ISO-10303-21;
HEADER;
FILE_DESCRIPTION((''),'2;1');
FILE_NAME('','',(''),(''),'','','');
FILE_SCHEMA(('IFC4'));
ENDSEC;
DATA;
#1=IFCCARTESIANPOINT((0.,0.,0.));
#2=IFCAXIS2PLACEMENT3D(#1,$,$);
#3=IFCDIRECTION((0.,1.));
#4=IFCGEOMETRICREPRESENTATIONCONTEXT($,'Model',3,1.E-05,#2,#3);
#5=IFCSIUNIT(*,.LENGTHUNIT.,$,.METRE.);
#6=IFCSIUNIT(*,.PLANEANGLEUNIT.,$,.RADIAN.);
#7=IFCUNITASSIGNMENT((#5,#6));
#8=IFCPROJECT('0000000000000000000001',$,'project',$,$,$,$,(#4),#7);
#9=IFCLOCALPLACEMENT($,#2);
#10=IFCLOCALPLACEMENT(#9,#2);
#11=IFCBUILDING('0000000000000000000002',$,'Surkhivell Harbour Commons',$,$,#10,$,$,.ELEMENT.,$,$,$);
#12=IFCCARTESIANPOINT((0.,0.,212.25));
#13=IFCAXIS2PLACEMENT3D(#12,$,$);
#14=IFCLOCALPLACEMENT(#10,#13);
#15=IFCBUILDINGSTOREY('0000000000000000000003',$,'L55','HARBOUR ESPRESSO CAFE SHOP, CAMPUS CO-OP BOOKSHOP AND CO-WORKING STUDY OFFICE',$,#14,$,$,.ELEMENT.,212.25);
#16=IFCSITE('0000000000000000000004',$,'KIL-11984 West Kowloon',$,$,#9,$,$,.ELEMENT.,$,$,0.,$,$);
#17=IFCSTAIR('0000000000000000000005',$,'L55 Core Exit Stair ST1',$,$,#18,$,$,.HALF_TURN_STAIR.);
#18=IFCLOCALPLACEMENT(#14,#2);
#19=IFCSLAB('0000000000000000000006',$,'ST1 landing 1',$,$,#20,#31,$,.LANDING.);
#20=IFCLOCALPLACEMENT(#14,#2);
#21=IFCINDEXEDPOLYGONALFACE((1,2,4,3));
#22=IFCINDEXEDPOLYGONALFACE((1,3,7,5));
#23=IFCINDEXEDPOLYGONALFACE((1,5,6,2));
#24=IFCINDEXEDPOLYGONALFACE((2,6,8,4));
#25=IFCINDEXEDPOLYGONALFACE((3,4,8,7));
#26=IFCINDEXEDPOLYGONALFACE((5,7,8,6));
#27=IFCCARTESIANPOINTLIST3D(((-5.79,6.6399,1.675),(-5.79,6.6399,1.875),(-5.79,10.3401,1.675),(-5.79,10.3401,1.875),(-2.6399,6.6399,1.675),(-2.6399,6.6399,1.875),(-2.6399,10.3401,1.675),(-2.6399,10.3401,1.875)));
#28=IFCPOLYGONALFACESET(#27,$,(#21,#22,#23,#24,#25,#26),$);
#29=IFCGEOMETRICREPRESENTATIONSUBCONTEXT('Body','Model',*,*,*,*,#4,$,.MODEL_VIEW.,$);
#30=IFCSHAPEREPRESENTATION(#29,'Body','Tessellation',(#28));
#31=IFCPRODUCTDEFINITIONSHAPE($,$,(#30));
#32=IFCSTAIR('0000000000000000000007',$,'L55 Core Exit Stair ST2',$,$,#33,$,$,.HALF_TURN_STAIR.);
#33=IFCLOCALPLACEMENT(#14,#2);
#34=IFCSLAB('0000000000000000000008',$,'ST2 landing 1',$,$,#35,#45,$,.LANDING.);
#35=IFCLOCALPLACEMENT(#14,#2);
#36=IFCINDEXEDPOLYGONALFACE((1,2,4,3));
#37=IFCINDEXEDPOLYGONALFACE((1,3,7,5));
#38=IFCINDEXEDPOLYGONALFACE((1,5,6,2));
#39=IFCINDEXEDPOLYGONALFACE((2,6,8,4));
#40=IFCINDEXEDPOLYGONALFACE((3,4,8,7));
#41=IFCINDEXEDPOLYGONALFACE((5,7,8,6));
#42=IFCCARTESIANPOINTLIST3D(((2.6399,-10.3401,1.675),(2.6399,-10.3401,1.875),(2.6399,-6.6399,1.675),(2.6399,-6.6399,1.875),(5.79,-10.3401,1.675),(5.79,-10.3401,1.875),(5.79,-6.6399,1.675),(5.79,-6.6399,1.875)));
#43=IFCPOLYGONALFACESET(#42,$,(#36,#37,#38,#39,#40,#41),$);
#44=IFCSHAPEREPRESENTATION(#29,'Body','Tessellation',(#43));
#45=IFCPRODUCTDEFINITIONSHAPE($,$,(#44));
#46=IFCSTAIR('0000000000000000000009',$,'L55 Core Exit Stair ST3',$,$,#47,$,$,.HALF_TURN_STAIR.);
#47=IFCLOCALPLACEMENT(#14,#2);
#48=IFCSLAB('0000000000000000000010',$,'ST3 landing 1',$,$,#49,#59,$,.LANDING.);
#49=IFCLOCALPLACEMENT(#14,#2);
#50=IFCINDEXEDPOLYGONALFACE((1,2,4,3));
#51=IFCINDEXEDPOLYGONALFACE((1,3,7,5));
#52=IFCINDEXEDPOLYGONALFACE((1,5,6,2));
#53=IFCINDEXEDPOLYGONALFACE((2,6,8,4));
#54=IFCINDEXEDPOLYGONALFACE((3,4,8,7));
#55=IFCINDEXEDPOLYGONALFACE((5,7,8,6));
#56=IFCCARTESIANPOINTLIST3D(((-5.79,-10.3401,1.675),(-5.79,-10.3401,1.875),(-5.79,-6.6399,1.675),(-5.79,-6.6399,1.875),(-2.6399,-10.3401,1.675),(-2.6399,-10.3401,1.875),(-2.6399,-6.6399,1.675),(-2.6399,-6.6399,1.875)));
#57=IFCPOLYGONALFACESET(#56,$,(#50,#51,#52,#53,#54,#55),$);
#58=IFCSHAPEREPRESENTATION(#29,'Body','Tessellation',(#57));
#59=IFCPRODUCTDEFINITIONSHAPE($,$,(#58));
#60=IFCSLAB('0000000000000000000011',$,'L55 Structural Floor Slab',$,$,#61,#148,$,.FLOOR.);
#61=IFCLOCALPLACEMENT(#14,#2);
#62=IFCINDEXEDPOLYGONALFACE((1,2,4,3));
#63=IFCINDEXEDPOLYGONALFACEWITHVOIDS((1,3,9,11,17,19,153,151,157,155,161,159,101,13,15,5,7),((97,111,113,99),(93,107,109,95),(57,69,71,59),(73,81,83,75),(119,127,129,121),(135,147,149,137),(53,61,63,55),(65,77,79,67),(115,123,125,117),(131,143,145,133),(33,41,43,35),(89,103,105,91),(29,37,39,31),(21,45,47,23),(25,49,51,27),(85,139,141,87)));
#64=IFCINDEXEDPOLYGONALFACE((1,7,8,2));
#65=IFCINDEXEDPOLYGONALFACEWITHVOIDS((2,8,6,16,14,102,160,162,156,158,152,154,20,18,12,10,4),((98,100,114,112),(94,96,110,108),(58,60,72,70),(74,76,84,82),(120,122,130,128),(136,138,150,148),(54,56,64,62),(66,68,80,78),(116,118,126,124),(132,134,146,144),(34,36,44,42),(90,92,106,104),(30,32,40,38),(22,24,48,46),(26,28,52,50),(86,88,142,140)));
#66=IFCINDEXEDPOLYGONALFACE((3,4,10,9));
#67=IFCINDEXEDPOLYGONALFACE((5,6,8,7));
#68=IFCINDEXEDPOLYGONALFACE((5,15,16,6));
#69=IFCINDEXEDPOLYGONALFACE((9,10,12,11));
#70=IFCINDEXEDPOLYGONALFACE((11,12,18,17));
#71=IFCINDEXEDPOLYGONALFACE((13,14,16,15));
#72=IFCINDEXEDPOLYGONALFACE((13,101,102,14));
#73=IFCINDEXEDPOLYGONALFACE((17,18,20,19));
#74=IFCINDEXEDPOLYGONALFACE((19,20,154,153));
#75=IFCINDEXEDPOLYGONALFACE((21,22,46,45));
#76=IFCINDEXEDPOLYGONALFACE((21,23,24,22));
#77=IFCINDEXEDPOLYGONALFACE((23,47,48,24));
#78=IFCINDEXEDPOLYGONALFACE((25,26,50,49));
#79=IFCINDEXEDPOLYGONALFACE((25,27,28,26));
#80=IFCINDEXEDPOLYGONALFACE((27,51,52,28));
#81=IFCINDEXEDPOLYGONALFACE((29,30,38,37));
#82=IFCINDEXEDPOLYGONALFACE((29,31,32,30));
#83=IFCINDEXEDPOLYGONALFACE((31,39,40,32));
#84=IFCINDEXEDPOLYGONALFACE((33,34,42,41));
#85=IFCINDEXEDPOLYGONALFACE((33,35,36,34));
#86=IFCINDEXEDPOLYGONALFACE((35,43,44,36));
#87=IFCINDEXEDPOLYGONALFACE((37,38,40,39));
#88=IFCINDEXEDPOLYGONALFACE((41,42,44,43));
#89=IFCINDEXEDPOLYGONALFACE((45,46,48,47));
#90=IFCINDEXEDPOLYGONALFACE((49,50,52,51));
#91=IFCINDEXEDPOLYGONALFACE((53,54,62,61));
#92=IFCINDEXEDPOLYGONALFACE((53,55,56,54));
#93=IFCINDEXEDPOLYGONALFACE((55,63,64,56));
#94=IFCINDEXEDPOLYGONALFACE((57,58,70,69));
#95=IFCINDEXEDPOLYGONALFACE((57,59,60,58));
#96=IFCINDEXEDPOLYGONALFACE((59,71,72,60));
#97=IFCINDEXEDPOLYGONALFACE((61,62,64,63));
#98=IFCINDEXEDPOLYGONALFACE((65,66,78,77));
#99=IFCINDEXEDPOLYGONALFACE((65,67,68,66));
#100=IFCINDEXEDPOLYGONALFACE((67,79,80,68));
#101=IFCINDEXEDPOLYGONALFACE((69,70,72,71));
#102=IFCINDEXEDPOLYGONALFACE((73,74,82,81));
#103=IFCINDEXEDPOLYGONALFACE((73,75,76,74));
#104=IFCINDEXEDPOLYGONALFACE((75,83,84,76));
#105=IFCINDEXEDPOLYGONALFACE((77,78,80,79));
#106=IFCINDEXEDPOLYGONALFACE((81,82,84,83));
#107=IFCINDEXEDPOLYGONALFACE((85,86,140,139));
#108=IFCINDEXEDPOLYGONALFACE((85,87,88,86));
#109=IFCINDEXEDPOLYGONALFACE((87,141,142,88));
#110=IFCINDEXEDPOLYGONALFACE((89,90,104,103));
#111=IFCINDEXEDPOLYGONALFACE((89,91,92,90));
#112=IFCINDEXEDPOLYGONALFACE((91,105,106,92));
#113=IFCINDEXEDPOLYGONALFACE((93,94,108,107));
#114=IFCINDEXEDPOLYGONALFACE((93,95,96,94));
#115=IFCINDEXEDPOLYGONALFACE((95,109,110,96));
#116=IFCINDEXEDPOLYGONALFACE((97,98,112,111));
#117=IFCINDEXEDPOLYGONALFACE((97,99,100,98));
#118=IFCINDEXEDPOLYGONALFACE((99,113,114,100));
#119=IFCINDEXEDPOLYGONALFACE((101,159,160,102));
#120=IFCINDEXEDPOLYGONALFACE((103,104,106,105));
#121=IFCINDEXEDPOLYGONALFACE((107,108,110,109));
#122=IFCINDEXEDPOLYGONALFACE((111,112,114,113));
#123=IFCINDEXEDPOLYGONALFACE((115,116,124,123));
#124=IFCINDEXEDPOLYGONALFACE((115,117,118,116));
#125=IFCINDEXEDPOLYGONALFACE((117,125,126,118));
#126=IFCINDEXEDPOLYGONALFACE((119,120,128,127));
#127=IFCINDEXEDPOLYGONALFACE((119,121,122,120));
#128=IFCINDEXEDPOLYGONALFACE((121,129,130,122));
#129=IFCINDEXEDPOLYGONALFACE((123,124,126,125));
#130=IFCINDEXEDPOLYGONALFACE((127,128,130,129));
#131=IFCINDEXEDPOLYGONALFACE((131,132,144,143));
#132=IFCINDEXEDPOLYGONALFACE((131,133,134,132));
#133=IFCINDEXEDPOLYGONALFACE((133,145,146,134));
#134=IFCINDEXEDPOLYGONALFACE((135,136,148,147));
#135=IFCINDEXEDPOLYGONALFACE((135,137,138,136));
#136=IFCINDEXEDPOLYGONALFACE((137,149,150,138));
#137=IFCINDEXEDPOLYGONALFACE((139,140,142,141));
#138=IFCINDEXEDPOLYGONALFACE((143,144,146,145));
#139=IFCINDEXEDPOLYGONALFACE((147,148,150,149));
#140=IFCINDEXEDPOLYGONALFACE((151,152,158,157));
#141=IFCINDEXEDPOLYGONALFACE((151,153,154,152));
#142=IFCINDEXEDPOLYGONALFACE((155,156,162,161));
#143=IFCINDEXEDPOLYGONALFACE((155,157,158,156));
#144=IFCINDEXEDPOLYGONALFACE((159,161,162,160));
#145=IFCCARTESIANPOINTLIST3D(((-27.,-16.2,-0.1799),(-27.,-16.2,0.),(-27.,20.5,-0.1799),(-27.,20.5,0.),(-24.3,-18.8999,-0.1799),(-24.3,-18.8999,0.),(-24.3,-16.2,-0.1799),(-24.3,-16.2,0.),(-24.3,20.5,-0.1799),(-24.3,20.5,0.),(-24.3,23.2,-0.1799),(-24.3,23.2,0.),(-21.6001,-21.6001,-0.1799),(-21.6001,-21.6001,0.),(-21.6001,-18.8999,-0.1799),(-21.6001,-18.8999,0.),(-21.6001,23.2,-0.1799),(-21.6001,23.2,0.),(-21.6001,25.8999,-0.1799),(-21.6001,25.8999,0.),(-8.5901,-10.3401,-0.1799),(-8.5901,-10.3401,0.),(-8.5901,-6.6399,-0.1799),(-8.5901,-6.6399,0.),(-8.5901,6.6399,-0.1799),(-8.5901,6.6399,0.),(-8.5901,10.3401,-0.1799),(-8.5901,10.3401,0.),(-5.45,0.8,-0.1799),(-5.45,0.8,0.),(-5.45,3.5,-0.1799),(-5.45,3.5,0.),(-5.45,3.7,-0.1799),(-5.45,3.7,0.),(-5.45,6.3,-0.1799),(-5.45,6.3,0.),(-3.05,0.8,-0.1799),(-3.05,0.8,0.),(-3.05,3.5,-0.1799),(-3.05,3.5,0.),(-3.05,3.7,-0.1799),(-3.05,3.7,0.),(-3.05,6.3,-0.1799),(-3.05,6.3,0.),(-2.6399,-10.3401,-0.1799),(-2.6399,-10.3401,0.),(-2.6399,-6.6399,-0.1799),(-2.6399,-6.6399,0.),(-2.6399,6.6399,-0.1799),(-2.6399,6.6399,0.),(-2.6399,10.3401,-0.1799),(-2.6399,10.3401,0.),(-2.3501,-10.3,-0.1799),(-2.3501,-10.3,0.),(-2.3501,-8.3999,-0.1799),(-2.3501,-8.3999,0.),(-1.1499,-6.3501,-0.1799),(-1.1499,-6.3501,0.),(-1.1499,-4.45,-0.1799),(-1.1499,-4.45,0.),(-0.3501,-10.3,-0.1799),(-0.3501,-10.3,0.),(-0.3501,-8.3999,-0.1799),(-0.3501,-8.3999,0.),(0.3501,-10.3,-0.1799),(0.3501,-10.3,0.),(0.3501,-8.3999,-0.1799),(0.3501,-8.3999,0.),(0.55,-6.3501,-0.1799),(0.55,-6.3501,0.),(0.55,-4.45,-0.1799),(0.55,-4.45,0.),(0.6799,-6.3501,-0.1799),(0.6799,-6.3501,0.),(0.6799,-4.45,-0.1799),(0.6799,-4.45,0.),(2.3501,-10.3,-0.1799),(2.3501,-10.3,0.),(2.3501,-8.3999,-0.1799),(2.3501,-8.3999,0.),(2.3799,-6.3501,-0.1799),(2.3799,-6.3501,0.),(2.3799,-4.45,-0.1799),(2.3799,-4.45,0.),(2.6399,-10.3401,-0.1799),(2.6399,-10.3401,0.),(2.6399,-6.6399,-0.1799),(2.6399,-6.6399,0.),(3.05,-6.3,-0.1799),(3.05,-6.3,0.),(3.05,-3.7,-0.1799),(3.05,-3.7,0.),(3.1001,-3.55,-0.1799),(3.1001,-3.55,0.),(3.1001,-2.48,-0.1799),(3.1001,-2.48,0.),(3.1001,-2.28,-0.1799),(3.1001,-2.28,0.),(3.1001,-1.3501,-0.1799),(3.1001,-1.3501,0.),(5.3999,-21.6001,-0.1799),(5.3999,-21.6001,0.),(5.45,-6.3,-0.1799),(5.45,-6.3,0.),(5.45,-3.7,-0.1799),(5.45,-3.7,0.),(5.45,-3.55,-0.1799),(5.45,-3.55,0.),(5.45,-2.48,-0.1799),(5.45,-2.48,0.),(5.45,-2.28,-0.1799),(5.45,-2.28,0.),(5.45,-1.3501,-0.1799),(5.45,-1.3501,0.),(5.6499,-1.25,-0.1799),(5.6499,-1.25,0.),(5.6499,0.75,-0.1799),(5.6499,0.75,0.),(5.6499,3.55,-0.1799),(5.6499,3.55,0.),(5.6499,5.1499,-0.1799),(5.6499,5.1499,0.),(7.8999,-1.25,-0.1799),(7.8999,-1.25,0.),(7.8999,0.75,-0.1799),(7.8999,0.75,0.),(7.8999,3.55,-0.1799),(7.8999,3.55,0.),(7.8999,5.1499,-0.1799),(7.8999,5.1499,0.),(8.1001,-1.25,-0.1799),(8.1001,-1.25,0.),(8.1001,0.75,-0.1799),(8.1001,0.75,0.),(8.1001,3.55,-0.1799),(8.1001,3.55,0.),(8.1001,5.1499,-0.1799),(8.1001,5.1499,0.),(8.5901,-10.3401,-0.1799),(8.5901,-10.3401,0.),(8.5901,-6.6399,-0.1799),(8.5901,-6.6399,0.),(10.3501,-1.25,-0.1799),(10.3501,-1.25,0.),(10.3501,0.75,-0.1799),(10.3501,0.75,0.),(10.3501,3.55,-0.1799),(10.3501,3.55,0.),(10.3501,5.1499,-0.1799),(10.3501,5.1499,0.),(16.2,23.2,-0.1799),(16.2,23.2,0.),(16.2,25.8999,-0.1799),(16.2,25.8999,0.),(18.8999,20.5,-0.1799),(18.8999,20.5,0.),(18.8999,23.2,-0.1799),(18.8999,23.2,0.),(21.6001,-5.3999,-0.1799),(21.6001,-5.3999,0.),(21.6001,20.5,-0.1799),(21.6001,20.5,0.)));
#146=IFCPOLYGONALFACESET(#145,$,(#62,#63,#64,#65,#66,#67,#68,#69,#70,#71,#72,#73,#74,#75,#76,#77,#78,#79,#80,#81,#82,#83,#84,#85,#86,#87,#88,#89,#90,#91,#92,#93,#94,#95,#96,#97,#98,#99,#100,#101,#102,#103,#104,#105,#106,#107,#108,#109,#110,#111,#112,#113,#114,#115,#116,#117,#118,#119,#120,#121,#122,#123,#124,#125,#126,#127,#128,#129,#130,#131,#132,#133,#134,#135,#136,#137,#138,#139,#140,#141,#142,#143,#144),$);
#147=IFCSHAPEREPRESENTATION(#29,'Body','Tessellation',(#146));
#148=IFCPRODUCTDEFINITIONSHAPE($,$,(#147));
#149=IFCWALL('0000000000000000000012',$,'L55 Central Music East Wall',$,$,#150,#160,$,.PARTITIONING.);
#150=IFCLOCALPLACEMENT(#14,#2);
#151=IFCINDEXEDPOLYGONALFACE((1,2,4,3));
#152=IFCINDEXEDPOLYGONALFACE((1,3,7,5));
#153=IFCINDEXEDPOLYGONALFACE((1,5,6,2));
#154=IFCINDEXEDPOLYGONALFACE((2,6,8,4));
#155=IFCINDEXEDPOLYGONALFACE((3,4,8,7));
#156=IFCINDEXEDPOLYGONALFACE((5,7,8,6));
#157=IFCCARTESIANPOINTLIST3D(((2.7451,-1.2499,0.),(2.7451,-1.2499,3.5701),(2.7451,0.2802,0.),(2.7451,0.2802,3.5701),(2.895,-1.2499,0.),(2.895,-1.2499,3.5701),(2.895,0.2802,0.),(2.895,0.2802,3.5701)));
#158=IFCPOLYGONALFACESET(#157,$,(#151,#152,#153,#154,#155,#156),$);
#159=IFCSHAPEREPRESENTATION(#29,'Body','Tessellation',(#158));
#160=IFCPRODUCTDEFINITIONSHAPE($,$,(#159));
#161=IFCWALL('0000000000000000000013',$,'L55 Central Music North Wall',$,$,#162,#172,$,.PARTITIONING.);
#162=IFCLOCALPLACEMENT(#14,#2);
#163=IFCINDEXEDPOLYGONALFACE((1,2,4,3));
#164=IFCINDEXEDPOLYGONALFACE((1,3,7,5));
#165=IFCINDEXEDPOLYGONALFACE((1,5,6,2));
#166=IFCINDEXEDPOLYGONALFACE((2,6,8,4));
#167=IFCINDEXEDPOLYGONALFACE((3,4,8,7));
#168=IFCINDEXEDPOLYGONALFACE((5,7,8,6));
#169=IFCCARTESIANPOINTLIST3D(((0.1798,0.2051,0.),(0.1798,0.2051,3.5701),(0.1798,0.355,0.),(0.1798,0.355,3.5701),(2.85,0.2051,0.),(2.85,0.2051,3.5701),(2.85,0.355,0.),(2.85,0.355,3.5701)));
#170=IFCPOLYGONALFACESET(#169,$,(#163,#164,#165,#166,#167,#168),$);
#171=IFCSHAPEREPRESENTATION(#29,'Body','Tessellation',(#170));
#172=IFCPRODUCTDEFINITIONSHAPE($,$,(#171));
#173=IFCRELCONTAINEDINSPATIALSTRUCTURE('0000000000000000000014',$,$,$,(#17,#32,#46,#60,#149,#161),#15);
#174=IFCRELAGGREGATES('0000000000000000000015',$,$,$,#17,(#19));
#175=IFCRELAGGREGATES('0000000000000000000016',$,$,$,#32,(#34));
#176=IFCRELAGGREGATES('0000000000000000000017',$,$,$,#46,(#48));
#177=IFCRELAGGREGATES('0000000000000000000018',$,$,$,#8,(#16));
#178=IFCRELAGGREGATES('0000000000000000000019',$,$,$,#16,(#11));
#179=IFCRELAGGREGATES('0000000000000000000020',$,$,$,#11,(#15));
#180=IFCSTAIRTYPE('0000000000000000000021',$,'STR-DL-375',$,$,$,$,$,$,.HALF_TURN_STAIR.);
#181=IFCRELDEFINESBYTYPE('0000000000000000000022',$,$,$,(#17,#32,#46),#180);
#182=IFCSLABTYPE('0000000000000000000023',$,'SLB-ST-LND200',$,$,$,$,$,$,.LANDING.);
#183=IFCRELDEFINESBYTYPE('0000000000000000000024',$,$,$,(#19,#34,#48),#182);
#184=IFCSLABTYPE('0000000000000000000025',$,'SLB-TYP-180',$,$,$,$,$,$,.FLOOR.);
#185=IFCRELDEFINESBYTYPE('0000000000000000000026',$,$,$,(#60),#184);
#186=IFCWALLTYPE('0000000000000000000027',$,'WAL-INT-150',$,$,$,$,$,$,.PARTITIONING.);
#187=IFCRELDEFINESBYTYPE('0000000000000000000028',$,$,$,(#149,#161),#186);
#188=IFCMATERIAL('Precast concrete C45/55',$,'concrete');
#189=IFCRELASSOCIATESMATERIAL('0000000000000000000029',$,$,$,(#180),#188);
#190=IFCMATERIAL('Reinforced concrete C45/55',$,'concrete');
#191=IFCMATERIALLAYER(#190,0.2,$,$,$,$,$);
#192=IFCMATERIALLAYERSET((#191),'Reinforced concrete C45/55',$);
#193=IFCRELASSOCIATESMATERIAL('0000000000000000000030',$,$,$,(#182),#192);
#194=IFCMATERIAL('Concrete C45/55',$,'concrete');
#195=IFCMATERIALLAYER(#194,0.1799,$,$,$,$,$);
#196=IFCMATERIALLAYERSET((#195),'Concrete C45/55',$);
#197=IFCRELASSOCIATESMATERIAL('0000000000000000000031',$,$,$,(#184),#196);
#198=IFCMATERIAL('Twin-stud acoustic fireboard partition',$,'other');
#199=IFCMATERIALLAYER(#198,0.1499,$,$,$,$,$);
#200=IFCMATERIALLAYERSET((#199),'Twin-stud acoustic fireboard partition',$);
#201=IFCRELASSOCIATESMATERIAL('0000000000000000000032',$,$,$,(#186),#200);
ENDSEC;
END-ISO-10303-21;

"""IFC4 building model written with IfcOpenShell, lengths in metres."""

from ifc_helpers import new_model, si_unit, direction, frame, frame_2d, origin, place, context, subcontext, project, spatial, polyline, rectangle, outline, extrude, material, layer, layer_set, type_object, element, aggregate, save


model = new_model("IFC4")

# Units and contexts
model_context = context("Model", 3, precision=1e-05, world=origin(), true_north=direction((0.0, 1.0)))
body_context = subcontext(model_context, "Body", "Model", "MODEL_VIEW")
ifc_project = project(units=[si_unit("LENGTHUNIT", "METRE"), si_unit("PLANEANGLEUNIT", "RADIAN")], contexts=[model_context])

# Site, building, storey
site_placement = place(None, origin())
site = spatial("IfcSite", under=ifc_project, at=site_placement, Name="KIL-11984 West Kowloon", CompositionType="ELEMENT", RefElevation=0.0)
building_placement = place(site_placement, origin())
building = spatial("IfcBuilding", under=site, at=building_placement, Name="Surkhivell Harbour Commons", CompositionType="ELEMENT")
storey_placement = place(building_placement, frame((0.0, 0.0, 212.25)))
storey = spatial("IfcBuildingStorey", under=building, at=storey_placement, Name="L55", Description="HARBOUR ESPRESSO CAFE SHOP, CAMPUS CO-OP BOOKSHOP AND CO-WORKING STUDY OFFICE", CompositionType="ELEMENT", Elevation=212.25)

# Stairs, slabs
ifc_material_1 = material(Name="Precast concrete C45/55", Category="concrete")
stair_type = type_object("IfcStairType", Name="STR-DL-375", PredefinedType="HALF_TURN_STAIR", material=ifc_material_1)
stair_1_placement = place(storey_placement, origin())
stair_1 = element("IfcStair", 1, at=stair_1_placement, inside=storey, type_object=stair_type, Name="L55 Core Exit Stair ST1", PredefinedType="HALF_TURN_STAIR")
ifc_material_2 = material(Name="Reinforced concrete C45/55", Category="concrete")
ifc_layer_1 = layer(ifc_material_2, 0.2)
ifc_layer_set_1 = layer_set([ifc_layer_1], Name="Reinforced concrete C45/55")
slab_type_1 = type_object("IfcSlabType", Name="SLB-ST-LND200", PredefinedType="LANDING", material=ifc_layer_set_1)
slab_1_placement = place(storey_placement, frame((0.0, 0.0, 1.675)))
slab_1 = element("IfcSlab", 2, at=slab_1_placement, type_object=slab_type_1, Name="ST1 landing 1", PredefinedType="LANDING", context=body_context, shape_type="SweptSolid", body=[
    extrude(outline(polyline([(-5.79, 6.6399), (-2.6399, 6.6399), (-2.6399, 10.3401), (-5.79, 10.3401), (-5.79, 6.6399)])), origin(), (0.0, 0.0, 1.0), 0.2),
])
aggregate(stair_1, [slab_1])
stair_2_placement = place(storey_placement, origin())
stair_2 = element("IfcStair", 3, at=stair_2_placement, inside=storey, type_object=stair_type, Name="L55 Core Exit Stair ST2", PredefinedType="HALF_TURN_STAIR")
slab_2_placement = place(storey_placement, frame((0.0, 0.0, 1.675)))
slab_2 = element("IfcSlab", 4, at=slab_2_placement, type_object=slab_type_1, Name="ST2 landing 1", PredefinedType="LANDING", context=body_context, shape_type="SweptSolid", body=[
    extrude(outline(polyline([(5.79, -6.6399), (2.6399, -6.6399), (2.6399, -10.3401), (5.79, -10.3401), (5.79, -6.6399)])), origin(), (0.0, 0.0, 1.0), 0.2),
])
aggregate(stair_2, [slab_2])
stair_3_placement = place(storey_placement, origin())
stair_3 = element("IfcStair", 5, at=stair_3_placement, inside=storey, type_object=stair_type, Name="L55 Core Exit Stair ST3", PredefinedType="HALF_TURN_STAIR")
slab_3_placement = place(storey_placement, frame((0.0, 0.0, 1.675)))
slab_3 = element("IfcSlab", 6, at=slab_3_placement, type_object=slab_type_1, Name="ST3 landing 1", PredefinedType="LANDING", context=body_context, shape_type="SweptSolid", body=[
    extrude(outline(polyline([(-5.79, -10.3401), (-2.6399, -10.3401), (-2.6399, -6.6399), (-5.79, -6.6399), (-5.79, -10.3401)])), origin(), (0.0, 0.0, 1.0), 0.2),
])
aggregate(stair_3, [slab_3])

# Slab
ifc_material_3 = material(Name="Concrete C45/55", Category="concrete")
ifc_layer_2 = layer(ifc_material_3, 0.1799)
ifc_layer_set_2 = layer_set([ifc_layer_2], Name="Concrete C45/55")
slab_type_2 = type_object("IfcSlabType", Name="SLB-TYP-180", PredefinedType="FLOOR", material=ifc_layer_set_2)
slab_4_placement = place(storey_placement, frame((0.0, 0.0, -0.1799)))
element("IfcSlab", 7, at=slab_4_placement, inside=storey, type_object=slab_type_2, Name="L55 Structural Floor Slab", PredefinedType="FLOOR", context=body_context, shape_type="SweptSolid", body=[
    extrude(outline(polyline([(-21.6001, -21.6001), (5.3999, -21.6001), (21.6001, -5.3999), (21.6001, 20.5), (18.8999, 20.5), (18.8999, 23.2), (16.2, 23.2), (16.2, 25.8999), (-21.6001, 25.8999), (-21.6001, 23.2), (-24.3, 23.2), (-24.3, 20.5), (-27.0, 20.5), (-27.0, -16.2), (-24.3, -16.2), (-24.3, -18.8999), (-21.6001, -18.8999), (-21.6001, -21.6001)]), holes=[polyline([(-8.5901, 6.6399), (-2.6399, 6.6399), (-2.6399, 10.3401), (-8.5901, 10.3401), (-8.5901, 6.6399)]), polyline([(8.5901, -6.6399), (2.6399, -6.6399), (2.6399, -10.3401), (8.5901, -10.3401), (8.5901, -6.6399)]), polyline([(-8.5901, -10.3401), (-2.6399, -10.3401), (-2.6399, -6.6399), (-8.5901, -6.6399), (-8.5901, -10.3401)]), polyline([(5.6499, 3.55), (7.8999, 3.55), (7.8999, 5.1499), (5.6499, 5.1499), (5.6499, 3.55)]), polyline([(8.1001, 3.55), (10.3501, 3.55), (10.3501, 5.1499), (8.1001, 5.1499), (8.1001, 3.55)]), polyline([(5.6499, -1.25), (7.8999, -1.25), (7.8999, 0.75), (5.6499, 0.75), (5.6499, -1.25)]), polyline([(8.1001, -1.25), (10.3501, -1.25), (10.3501, 0.75), (8.1001, 0.75), (8.1001, -1.25)]), polyline([(-1.1499, -6.3501), (0.55, -6.3501), (0.55, -4.45), (-1.1499, -4.45), (-1.1499, -6.3501)]), polyline([(0.6799, -6.3501), (2.3799, -6.3501), (2.3799, -4.45), (0.6799, -4.45), (0.6799, -6.3501)]), polyline([(-2.3501, -10.3), (-0.3501, -10.3), (-0.3501, -8.3999), (-2.3501, -8.3999), (-2.3501, -10.3)]), polyline([(0.3501, -10.3), (2.3501, -10.3), (2.3501, -8.3999), (0.3501, -8.3999), (0.3501, -10.3)]), polyline([(-5.45, 3.7), (-3.05, 3.7), (-3.05, 6.3), (-5.45, 6.3), (-5.45, 3.7)]), polyline([(3.05, -6.3), (5.45, -6.3), (5.45, -3.7), (3.05, -3.7), (3.05, -6.3)]), polyline([(-5.45, 0.8), (-3.05, 0.8), (-3.05, 3.5), (-5.45, 3.5), (-5.45, 0.8)]), polyline([(3.1001, -3.55), (5.45, -3.55), (5.45, -2.48), (3.1001, -2.48), (3.1001, -3.55)]), polyline([(3.1001, -2.28), (5.45, -2.28), (5.45, -1.3501), (3.1001, -1.3501), (3.1001, -2.28)])]), origin(), (0.0, 0.0, 1.0), 0.1799),
])

# Walls
ifc_material_4 = material(Name="Twin-stud acoustic fireboard partition", Category="other")
ifc_layer_3 = layer(ifc_material_4, 0.1499)
ifc_layer_set_3 = layer_set([ifc_layer_3], Name="Twin-stud acoustic fireboard partition")
wall_type_1 = type_object("IfcWallType", Name="WAL-INT-150", PredefinedType="PARTITIONING", material=ifc_layer_set_3)
wall_1_placement = place(storey_placement, frame((2.8201, -1.25, 0.0), z_axis=(0.0, 0.0, 1.0), x_axis=(0.0, 1.0, 0.0)))
element("IfcWall", 8, at=wall_1_placement, inside=storey, type_object=wall_type_1, Name="L55 Central Music East Wall", PredefinedType="PARTITIONING", context=body_context, shape_type="SweptSolid", body=[
    extrude(rectangle(XDim=1.53, YDim=0.1499, at=frame_2d((0.7651, 0.0))), origin(), (0.0, 0.0, 1.0), 3.5701),
])
wall_2_placement = place(storey_placement, frame((0.1799, 0.28, 0.0), z_axis=(0.0, 0.0, 1.0), x_axis=(1.0, 0.0, 0.0)))
element("IfcWall", 9, at=wall_2_placement, inside=storey, type_object=wall_type_1, Name="L55 Central Music North Wall", PredefinedType="PARTITIONING", context=body_context, shape_type="SweptSolid", body=[
    extrude(rectangle(XDim=2.6702, YDim=0.1499, at=frame_2d((1.335, 0.0))), origin(), (0.0, 0.0, 1.0), 3.5701),
])

save(model, "model.ifc")
